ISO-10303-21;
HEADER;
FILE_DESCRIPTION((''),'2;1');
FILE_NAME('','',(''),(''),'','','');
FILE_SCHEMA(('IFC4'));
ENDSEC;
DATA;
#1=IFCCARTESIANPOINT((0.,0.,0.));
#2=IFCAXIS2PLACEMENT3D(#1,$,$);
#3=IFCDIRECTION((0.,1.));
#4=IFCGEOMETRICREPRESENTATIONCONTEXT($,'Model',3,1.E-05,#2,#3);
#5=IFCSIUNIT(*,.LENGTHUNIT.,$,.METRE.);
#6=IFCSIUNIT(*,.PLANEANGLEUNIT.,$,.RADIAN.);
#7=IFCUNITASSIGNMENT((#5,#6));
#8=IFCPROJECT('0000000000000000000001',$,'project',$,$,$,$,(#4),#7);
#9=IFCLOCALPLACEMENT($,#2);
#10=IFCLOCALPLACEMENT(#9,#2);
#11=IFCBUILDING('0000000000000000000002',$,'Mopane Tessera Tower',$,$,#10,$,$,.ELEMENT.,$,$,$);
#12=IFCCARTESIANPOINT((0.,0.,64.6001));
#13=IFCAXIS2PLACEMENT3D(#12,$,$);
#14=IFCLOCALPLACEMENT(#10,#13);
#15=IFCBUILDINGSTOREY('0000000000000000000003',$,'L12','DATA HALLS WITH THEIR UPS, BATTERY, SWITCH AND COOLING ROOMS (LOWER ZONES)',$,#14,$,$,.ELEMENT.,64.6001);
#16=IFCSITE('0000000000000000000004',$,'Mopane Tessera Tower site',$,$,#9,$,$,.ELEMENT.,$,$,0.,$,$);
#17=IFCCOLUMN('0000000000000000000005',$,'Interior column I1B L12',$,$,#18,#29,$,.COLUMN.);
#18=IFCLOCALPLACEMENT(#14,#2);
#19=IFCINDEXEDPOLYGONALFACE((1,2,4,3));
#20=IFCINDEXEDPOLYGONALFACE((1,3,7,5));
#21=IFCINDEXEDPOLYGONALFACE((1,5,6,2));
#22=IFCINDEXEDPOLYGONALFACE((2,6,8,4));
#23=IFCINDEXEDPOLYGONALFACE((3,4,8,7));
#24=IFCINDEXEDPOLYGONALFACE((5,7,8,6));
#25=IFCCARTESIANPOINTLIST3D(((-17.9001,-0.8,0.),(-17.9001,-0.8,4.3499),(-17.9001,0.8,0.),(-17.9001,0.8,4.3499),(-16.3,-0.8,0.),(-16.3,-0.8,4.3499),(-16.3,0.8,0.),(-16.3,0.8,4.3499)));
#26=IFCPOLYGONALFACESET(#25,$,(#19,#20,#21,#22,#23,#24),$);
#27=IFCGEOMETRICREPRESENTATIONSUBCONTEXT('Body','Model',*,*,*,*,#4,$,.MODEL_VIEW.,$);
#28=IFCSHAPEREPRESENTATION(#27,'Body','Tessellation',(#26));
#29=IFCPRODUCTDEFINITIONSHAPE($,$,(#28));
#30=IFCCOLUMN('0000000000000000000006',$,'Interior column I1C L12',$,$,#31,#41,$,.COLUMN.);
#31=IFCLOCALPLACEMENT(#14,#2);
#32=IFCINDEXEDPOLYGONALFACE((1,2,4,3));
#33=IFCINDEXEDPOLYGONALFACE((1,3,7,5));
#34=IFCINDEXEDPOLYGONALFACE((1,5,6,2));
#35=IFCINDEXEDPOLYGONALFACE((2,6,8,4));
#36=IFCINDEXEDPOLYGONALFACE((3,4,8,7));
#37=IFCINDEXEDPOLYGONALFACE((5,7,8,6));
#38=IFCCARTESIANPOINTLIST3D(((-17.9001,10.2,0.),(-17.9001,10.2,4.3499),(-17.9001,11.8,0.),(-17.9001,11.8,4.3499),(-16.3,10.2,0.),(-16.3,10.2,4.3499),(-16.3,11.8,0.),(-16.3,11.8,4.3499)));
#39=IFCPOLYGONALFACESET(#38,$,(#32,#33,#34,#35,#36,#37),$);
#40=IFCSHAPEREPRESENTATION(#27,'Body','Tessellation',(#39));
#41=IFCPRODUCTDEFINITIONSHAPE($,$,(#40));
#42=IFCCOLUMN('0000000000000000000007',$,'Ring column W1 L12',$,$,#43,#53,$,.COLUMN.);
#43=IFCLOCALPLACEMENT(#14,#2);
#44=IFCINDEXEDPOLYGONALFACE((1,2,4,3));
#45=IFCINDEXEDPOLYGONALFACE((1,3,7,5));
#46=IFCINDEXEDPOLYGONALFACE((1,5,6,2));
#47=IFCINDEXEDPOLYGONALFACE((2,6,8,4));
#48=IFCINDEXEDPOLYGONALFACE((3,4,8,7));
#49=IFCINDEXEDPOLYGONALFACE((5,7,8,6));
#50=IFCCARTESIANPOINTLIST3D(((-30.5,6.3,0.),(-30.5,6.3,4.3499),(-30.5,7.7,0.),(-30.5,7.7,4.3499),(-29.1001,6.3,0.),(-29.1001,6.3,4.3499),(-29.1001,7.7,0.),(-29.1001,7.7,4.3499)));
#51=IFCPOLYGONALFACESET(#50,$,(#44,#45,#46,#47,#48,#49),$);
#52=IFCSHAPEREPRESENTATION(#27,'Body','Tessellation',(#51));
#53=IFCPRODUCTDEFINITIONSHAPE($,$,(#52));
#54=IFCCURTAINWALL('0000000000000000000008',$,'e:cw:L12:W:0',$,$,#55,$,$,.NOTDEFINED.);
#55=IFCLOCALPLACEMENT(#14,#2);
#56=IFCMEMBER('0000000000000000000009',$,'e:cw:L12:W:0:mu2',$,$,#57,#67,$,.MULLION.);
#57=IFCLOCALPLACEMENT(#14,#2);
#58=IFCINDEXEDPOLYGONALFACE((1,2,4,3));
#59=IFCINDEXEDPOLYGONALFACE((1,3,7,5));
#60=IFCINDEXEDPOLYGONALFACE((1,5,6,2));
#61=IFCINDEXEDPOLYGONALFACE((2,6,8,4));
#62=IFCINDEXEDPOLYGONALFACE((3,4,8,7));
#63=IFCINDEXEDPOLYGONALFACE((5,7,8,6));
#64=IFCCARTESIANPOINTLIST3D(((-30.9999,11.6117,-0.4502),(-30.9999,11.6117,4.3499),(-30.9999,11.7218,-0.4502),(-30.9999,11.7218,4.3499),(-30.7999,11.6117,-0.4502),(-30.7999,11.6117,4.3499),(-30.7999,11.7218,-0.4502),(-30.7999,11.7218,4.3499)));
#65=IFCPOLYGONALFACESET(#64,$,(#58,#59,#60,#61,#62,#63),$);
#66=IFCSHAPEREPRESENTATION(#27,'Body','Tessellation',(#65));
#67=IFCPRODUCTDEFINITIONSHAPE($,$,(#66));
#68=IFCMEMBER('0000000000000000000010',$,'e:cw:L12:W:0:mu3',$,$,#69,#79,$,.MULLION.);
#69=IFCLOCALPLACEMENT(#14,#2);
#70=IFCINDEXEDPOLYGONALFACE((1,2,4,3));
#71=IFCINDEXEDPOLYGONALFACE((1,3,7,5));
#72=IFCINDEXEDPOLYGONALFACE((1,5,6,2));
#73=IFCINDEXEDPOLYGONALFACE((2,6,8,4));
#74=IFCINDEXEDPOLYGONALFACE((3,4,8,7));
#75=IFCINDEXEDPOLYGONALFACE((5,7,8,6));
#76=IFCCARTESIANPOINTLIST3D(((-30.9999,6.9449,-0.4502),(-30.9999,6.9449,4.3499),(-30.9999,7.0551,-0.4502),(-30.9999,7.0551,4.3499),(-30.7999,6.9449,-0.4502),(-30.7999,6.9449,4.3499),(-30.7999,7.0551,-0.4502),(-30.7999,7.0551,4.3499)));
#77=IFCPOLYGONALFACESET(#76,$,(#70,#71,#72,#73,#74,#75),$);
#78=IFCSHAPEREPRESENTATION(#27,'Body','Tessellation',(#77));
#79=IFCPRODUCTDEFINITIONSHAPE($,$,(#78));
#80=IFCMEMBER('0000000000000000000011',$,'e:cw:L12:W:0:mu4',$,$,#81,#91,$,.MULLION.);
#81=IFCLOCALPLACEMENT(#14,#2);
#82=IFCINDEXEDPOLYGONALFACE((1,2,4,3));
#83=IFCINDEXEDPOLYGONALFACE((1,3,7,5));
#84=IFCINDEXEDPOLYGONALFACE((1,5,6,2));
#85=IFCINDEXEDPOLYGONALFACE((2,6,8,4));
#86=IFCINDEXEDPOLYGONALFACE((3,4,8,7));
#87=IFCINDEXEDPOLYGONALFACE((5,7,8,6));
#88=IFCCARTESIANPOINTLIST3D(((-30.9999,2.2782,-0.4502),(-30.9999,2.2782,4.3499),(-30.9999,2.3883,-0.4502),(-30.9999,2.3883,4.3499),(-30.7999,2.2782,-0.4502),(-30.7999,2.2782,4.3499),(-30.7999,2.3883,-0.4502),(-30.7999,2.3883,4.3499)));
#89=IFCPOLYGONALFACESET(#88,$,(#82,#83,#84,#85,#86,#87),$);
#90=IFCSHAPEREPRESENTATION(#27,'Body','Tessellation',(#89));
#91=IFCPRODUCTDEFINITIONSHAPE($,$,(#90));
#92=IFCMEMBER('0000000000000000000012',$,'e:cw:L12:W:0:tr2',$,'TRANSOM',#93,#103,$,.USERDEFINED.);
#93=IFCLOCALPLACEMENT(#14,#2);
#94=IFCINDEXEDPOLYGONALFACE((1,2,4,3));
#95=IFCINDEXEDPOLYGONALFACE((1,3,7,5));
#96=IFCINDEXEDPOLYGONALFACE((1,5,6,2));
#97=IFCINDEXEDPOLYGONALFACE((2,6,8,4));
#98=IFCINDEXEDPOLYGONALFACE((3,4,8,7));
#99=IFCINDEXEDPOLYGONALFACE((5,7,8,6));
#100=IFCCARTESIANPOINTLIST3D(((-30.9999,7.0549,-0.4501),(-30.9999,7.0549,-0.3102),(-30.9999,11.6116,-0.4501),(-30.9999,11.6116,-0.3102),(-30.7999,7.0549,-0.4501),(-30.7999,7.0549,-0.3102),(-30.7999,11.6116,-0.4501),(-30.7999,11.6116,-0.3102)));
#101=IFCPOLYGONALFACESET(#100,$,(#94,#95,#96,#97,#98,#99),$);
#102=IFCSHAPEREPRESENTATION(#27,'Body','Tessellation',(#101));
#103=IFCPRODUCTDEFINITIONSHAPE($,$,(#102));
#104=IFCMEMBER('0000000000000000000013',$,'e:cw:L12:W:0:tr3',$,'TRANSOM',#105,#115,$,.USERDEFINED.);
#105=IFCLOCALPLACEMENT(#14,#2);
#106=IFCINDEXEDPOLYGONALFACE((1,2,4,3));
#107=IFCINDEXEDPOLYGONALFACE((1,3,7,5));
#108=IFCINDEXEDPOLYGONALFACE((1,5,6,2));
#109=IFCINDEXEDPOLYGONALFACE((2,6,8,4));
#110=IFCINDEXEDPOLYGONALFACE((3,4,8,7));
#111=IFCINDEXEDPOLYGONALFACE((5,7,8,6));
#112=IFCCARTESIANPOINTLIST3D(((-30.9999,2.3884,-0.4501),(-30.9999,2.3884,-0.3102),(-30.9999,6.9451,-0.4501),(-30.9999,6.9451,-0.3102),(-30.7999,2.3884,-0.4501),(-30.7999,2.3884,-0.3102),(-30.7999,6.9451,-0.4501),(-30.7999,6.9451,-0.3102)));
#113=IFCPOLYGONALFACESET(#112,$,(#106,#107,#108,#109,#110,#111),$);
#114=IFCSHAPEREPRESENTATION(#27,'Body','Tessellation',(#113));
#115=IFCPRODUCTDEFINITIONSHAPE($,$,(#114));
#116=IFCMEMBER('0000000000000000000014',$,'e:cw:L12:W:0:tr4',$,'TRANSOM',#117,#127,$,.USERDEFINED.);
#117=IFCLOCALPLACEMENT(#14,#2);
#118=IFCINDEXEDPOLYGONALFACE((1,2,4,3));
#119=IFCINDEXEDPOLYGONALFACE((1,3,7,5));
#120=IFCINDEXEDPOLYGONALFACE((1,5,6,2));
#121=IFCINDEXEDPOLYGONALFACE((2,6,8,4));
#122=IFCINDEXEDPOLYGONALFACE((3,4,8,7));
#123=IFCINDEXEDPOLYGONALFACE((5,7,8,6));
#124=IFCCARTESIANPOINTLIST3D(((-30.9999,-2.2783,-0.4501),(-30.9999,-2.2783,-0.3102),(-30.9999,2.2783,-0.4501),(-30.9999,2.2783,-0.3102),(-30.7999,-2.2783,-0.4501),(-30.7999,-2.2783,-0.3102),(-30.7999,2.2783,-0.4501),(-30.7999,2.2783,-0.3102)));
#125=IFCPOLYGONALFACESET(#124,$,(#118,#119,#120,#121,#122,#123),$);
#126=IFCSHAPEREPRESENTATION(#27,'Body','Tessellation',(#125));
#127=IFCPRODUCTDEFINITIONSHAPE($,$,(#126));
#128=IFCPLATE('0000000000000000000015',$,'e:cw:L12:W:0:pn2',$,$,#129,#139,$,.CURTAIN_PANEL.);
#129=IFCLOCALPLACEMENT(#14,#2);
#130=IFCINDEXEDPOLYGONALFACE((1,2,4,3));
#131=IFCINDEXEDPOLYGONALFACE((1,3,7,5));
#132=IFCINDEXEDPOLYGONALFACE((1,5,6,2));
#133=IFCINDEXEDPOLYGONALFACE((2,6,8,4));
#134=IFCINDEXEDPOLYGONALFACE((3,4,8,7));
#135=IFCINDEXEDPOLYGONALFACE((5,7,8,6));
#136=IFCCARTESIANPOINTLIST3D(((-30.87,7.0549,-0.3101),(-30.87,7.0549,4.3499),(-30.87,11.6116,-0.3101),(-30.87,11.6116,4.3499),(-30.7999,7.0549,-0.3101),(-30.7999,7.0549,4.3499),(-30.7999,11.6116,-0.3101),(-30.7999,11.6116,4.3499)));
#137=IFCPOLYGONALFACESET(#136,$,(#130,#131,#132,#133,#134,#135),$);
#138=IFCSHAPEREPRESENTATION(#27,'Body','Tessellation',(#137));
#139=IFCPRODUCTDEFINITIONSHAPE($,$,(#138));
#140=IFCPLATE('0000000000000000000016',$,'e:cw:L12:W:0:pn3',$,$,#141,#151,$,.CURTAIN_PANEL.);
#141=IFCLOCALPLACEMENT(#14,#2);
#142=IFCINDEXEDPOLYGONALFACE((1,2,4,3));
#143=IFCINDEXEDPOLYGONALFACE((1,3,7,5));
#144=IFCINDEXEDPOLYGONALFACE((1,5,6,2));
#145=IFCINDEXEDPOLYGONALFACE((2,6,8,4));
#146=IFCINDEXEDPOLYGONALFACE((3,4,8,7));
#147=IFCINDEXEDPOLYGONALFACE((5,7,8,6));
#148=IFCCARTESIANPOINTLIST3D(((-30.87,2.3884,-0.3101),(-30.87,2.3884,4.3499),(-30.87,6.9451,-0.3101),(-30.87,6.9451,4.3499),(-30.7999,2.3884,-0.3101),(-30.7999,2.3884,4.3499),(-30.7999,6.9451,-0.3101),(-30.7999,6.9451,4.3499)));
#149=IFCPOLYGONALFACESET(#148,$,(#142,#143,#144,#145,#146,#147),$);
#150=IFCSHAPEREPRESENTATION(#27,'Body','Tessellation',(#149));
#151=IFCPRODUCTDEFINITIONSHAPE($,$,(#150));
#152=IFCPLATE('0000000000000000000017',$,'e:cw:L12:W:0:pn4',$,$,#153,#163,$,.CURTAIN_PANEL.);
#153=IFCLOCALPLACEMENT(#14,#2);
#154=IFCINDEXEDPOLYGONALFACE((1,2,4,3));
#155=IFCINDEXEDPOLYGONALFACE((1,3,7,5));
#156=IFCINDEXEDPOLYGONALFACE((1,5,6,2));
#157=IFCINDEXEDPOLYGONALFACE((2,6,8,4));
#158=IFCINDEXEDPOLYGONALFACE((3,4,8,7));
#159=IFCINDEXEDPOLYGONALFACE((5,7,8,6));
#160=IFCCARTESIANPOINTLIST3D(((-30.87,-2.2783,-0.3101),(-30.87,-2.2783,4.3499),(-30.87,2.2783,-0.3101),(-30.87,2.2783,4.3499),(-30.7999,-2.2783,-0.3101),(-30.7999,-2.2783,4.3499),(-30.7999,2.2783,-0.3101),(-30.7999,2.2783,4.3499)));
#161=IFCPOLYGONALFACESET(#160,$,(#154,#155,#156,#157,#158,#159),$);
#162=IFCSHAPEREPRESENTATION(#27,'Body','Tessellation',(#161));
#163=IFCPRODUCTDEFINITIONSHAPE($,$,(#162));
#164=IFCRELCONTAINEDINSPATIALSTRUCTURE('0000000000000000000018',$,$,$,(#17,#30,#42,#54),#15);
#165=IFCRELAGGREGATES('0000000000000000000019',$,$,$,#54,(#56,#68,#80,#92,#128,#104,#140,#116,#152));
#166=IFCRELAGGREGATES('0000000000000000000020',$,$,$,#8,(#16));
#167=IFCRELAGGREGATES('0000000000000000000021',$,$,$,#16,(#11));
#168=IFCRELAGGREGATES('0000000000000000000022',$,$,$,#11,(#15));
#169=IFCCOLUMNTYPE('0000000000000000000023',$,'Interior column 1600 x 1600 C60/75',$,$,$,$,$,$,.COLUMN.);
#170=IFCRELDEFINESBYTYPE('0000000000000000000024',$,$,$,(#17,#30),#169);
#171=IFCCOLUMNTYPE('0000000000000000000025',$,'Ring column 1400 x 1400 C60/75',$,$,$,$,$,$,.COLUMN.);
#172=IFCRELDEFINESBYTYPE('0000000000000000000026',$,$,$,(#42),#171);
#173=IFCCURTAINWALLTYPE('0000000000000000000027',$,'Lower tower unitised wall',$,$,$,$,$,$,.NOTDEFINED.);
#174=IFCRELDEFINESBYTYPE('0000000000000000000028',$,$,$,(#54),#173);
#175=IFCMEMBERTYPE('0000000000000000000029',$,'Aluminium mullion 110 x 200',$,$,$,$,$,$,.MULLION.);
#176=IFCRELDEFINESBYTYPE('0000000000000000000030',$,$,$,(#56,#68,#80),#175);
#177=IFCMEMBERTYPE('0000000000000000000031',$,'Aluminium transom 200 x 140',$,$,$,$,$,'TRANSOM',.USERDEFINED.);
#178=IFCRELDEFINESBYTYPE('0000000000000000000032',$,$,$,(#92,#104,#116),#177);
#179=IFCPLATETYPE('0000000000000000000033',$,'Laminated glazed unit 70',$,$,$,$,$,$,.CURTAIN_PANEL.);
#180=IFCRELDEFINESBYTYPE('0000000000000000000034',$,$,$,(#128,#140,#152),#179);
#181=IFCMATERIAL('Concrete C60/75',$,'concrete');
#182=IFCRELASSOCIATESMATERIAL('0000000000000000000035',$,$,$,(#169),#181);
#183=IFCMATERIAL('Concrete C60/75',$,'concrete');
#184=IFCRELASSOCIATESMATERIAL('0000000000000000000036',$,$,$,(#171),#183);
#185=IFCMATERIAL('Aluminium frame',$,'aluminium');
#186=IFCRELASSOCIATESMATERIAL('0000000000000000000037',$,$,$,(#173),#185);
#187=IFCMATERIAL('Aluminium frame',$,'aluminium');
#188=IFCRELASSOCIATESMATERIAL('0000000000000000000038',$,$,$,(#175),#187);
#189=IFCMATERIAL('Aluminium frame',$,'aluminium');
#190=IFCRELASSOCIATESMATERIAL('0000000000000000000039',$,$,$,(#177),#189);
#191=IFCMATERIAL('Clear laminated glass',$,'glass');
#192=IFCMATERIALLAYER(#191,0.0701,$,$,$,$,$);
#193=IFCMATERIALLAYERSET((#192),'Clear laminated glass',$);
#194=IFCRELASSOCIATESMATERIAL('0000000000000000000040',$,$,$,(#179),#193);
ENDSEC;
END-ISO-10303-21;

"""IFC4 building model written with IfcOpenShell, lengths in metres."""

from ifc_helpers import new_model, si_unit, direction, frame, origin, origin_2d, place, context, subcontext, project, spatial, rectangle, extrude, material, layer, layer_set, material_profile, profile_set, type_object, element, aggregate, save


model = new_model("IFC4")

# Units and contexts
model_context = context("Model", 3, precision=1e-05, world=origin(), true_north=direction((0.0, 1.0)))
body_context = subcontext(model_context, "Body", "Model", "MODEL_VIEW")
ifc_project = project(units=[si_unit("LENGTHUNIT", "METRE"), si_unit("PLANEANGLEUNIT", "RADIAN")], contexts=[model_context])

# Site, building, storey
site_placement = place(None, origin())
site = spatial("IfcSite", under=ifc_project, at=site_placement, Name="Mopane Tessera Tower site", CompositionType="ELEMENT", RefElevation=0.0)
building_placement = place(site_placement, origin())
building = spatial("IfcBuilding", under=site, at=building_placement, Name="Mopane Tessera Tower", CompositionType="ELEMENT")
storey_placement = place(building_placement, frame((0.0, 0.0, 64.6001)))
storey = spatial("IfcBuildingStorey", under=building, at=storey_placement, Name="L12", Description="DATA HALLS WITH THEIR UPS, BATTERY, SWITCH AND COOLING ROOMS (LOWER ZONES)", CompositionType="ELEMENT", Elevation=64.6001)

# Columns
ifc_material_1 = material(Name="Concrete C60/75", Category="concrete")
ifc_material_profile_1 = material_profile(ifc_material_1, rectangle(XDim=1.6001, YDim=1.6001, at=origin_2d()))
ifc_profile_set_1 = profile_set([ifc_material_profile_1], Name="Concrete C60/75")
column_type_1 = type_object("IfcColumnType", Name="Interior column 1600 x 1600 C60/75", PredefinedType="COLUMN", material=ifc_profile_set_1)
for number, where, z_axis, x_axis, name in (
    (1, (-17.1001, 0.0, 0.0), (0.0, 0.0, 1.0), (1.0, 0.0, 0.0), "Interior column I1B L12"),
    (2, (-17.1001, 11.0, 0.0), (0.0, 0.0, 1.0), (1.0, 0.0, 0.0), "Interior column I1C L12"),
):
    element("IfcColumn", number, at=place(storey_placement, frame(where, z_axis=z_axis, x_axis=x_axis)), inside=storey, type_object=column_type_1, Name=name, PredefinedType="COLUMN", context=body_context, shape_type="SweptSolid", body=[
        extrude(rectangle(XDim=1.6001, YDim=1.6001, at=origin_2d()), origin(), (0.0, 0.0, 1.0), 4.3499),
    ])
ifc_material_2 = material(Name="Concrete C60/75", Category="concrete")
ifc_material_profile_2 = material_profile(ifc_material_2, rectangle(XDim=1.3999, YDim=1.3999, at=origin_2d()))
ifc_profile_set_2 = profile_set([ifc_material_profile_2], Name="Concrete C60/75")
column_type_2 = type_object("IfcColumnType", Name="Ring column 1400 x 1400 C60/75", PredefinedType="COLUMN", material=ifc_profile_set_2)
column_placement = place(storey_placement, frame((-29.8, 7.0, 0.0), z_axis=(0.0, 0.0, 1.0), x_axis=(1.0, 0.0, 0.0)))
element("IfcColumn", 3, at=column_placement, inside=storey, type_object=column_type_2, Name="Ring column W1 L12", PredefinedType="COLUMN", context=body_context, shape_type="SweptSolid", body=[
    extrude(rectangle(XDim=1.3999, YDim=1.3999, at=origin_2d()), origin(), (0.0, 0.0, 1.0), 4.3499),
])

# Curtain wall, members, plates
ifc_material_3 = material(Name="Aluminium frame", Category="aluminium")
curtain_wall_type = type_object("IfcCurtainWallType", Name="Lower tower unitised wall", PredefinedType="NOTDEFINED", material=ifc_material_3)
curtain_wall_placement = place(storey_placement, origin())
curtain_wall = element("IfcCurtainWall", 4, at=curtain_wall_placement, inside=storey, type_object=curtain_wall_type, Name="e:cw:L12:W:0", PredefinedType="NOTDEFINED")
ifc_material_4 = material(Name="Aluminium frame", Category="aluminium")
ifc_material_profile_3 = material_profile(ifc_material_4, rectangle(XDim=0.1101, YDim=0.2, at=origin_2d()))
ifc_profile_set_3 = profile_set([ifc_material_profile_3], Name="Aluminium frame")
member_type_1 = type_object("IfcMemberType", Name="Aluminium mullion 110 x 200", PredefinedType="MULLION", material=ifc_profile_set_3)
member_1_placement = place(storey_placement, frame((-30.8999, 11.6667, -0.4502), z_axis=(0.0, 0.0, 1.0), x_axis=(0.0, -1.0, 0.0)))
member_1 = element("IfcMember", 5, at=member_1_placement, type_object=member_type_1, Name="e:cw:L12:W:0:mu2", PredefinedType="MULLION", context=body_context, shape_type="SweptSolid", body=[
    extrude(rectangle(XDim=0.1101, YDim=0.2, at=origin_2d()), origin(), (0.0, 0.0, 1.0), 4.8),
])
member_2_placement = place(storey_placement, frame((-30.8999, 7.0, -0.4502), z_axis=(0.0, 0.0, 1.0), x_axis=(0.0, -1.0, 0.0)))
member_2 = element("IfcMember", 6, at=member_2_placement, type_object=member_type_1, Name="e:cw:L12:W:0:mu3", PredefinedType="MULLION", context=body_context, shape_type="SweptSolid", body=[
    extrude(rectangle(XDim=0.1101, YDim=0.2, at=origin_2d()), origin(), (0.0, 0.0, 1.0), 4.8),
])
member_3_placement = place(storey_placement, frame((-30.8999, 2.3333, -0.4502), z_axis=(0.0, 0.0, 1.0), x_axis=(0.0, -1.0, 0.0)))
member_3 = element("IfcMember", 7, at=member_3_placement, type_object=member_type_1, Name="e:cw:L12:W:0:mu4", PredefinedType="MULLION", context=body_context, shape_type="SweptSolid", body=[
    extrude(rectangle(XDim=0.1101, YDim=0.2, at=origin_2d()), origin(), (0.0, 0.0, 1.0), 4.8),
])
ifc_material_5 = material(Name="Aluminium frame", Category="aluminium")
ifc_material_profile_4 = material_profile(ifc_material_5, rectangle(XDim=0.2, YDim=0.1399, at=origin_2d()))
ifc_profile_set_4 = profile_set([ifc_material_profile_4], Name="Aluminium frame")
member_type_2 = type_object("IfcMemberType", Name="Aluminium transom 200 x 140", ElementType="TRANSOM", PredefinedType="USERDEFINED", material=ifc_profile_set_4)
member_4_placement = place(storey_placement, frame((-30.8999, 11.6116, -0.3801), z_axis=(0.0, -1.0, 0.0), x_axis=(1.0, 0.0, 0.0)))
member_4 = element("IfcMember", 8, at=member_4_placement, type_object=member_type_2, Name="e:cw:L12:W:0:tr2", ObjectType="TRANSOM", PredefinedType="USERDEFINED", context=body_context, shape_type="SweptSolid", body=[
    extrude(rectangle(XDim=0.2, YDim=0.1399, at=origin_2d()), origin(), (0.0, 0.0, 1.0), 4.5566),
])
member_5_placement = place(storey_placement, frame((-30.8999, 6.9451, -0.3801), z_axis=(0.0, -1.0, 0.0), x_axis=(1.0, 0.0, 0.0)))
member_5 = element("IfcMember", 9, at=member_5_placement, type_object=member_type_2, Name="e:cw:L12:W:0:tr3", ObjectType="TRANSOM", PredefinedType="USERDEFINED", context=body_context, shape_type="SweptSolid", body=[
    extrude(rectangle(XDim=0.2, YDim=0.1399, at=origin_2d()), origin(), (0.0, 0.0, 1.0), 4.5566),
])
member_6_placement = place(storey_placement, frame((-30.8999, 2.2783, -0.3801), z_axis=(0.0, -1.0, 0.0), x_axis=(1.0, 0.0, 0.0)))
member_6 = element("IfcMember", 10, at=member_6_placement, type_object=member_type_2, Name="e:cw:L12:W:0:tr4", ObjectType="TRANSOM", PredefinedType="USERDEFINED", context=body_context, shape_type="SweptSolid", body=[
    extrude(rectangle(XDim=0.2, YDim=0.1399, at=origin_2d()), origin(), (0.0, 0.0, 1.0), 4.5566),
])
ifc_material_6 = material(Name="Clear laminated glass", Category="glass")
ifc_layer_1 = layer(ifc_material_6, 0.0701)
ifc_layer_set_1 = layer_set([ifc_layer_1], Name="Clear laminated glass")
plate_type = type_object("IfcPlateType", Name="Laminated glazed unit 70", PredefinedType="CURTAIN_PANEL", material=ifc_layer_set_1)
plate_1_placement = place(storey_placement, frame((-30.835, 9.3333, -0.3101), z_axis=(0.0, 0.0, 1.0), x_axis=(0.0, -1.0, 0.0)))
plate_1 = element("IfcPlate", 11, at=plate_1_placement, type_object=plate_type, Name="e:cw:L12:W:0:pn2", PredefinedType="CURTAIN_PANEL", context=body_context, shape_type="SweptSolid", body=[
    extrude(rectangle(XDim=4.5566, YDim=0.0701, at=origin_2d()), origin(), (0.0, 0.0, 1.0), 4.6599),
])
plate_2_placement = place(storey_placement, frame((-30.835, 4.6667, -0.3101), z_axis=(0.0, 0.0, 1.0), x_axis=(0.0, -1.0, 0.0)))
plate_2 = element("IfcPlate", 12, at=plate_2_placement, type_object=plate_type, Name="e:cw:L12:W:0:pn3", PredefinedType="CURTAIN_PANEL", context=body_context, shape_type="SweptSolid", body=[
    extrude(rectangle(XDim=4.5566, YDim=0.0701, at=origin_2d()), origin(), (0.0, 0.0, 1.0), 4.6599),
])
plate_3_placement = place(storey_placement, frame((-30.835, 0.0, -0.3101), z_axis=(0.0, 0.0, 1.0), x_axis=(0.0, -1.0, 0.0)))
plate_3 = element("IfcPlate", 13, at=plate_3_placement, type_object=plate_type, Name="e:cw:L12:W:0:pn4", PredefinedType="CURTAIN_PANEL", context=body_context, shape_type="SweptSolid", body=[
    extrude(rectangle(XDim=4.5566, YDim=0.0701, at=origin_2d()), origin(), (0.0, 0.0, 1.0), 4.6599),
])
aggregate(curtain_wall, [member_1, member_2, member_3, member_4, plate_1, member_5, plate_2, member_6, plate_3])

save(model, "model.ifc")
